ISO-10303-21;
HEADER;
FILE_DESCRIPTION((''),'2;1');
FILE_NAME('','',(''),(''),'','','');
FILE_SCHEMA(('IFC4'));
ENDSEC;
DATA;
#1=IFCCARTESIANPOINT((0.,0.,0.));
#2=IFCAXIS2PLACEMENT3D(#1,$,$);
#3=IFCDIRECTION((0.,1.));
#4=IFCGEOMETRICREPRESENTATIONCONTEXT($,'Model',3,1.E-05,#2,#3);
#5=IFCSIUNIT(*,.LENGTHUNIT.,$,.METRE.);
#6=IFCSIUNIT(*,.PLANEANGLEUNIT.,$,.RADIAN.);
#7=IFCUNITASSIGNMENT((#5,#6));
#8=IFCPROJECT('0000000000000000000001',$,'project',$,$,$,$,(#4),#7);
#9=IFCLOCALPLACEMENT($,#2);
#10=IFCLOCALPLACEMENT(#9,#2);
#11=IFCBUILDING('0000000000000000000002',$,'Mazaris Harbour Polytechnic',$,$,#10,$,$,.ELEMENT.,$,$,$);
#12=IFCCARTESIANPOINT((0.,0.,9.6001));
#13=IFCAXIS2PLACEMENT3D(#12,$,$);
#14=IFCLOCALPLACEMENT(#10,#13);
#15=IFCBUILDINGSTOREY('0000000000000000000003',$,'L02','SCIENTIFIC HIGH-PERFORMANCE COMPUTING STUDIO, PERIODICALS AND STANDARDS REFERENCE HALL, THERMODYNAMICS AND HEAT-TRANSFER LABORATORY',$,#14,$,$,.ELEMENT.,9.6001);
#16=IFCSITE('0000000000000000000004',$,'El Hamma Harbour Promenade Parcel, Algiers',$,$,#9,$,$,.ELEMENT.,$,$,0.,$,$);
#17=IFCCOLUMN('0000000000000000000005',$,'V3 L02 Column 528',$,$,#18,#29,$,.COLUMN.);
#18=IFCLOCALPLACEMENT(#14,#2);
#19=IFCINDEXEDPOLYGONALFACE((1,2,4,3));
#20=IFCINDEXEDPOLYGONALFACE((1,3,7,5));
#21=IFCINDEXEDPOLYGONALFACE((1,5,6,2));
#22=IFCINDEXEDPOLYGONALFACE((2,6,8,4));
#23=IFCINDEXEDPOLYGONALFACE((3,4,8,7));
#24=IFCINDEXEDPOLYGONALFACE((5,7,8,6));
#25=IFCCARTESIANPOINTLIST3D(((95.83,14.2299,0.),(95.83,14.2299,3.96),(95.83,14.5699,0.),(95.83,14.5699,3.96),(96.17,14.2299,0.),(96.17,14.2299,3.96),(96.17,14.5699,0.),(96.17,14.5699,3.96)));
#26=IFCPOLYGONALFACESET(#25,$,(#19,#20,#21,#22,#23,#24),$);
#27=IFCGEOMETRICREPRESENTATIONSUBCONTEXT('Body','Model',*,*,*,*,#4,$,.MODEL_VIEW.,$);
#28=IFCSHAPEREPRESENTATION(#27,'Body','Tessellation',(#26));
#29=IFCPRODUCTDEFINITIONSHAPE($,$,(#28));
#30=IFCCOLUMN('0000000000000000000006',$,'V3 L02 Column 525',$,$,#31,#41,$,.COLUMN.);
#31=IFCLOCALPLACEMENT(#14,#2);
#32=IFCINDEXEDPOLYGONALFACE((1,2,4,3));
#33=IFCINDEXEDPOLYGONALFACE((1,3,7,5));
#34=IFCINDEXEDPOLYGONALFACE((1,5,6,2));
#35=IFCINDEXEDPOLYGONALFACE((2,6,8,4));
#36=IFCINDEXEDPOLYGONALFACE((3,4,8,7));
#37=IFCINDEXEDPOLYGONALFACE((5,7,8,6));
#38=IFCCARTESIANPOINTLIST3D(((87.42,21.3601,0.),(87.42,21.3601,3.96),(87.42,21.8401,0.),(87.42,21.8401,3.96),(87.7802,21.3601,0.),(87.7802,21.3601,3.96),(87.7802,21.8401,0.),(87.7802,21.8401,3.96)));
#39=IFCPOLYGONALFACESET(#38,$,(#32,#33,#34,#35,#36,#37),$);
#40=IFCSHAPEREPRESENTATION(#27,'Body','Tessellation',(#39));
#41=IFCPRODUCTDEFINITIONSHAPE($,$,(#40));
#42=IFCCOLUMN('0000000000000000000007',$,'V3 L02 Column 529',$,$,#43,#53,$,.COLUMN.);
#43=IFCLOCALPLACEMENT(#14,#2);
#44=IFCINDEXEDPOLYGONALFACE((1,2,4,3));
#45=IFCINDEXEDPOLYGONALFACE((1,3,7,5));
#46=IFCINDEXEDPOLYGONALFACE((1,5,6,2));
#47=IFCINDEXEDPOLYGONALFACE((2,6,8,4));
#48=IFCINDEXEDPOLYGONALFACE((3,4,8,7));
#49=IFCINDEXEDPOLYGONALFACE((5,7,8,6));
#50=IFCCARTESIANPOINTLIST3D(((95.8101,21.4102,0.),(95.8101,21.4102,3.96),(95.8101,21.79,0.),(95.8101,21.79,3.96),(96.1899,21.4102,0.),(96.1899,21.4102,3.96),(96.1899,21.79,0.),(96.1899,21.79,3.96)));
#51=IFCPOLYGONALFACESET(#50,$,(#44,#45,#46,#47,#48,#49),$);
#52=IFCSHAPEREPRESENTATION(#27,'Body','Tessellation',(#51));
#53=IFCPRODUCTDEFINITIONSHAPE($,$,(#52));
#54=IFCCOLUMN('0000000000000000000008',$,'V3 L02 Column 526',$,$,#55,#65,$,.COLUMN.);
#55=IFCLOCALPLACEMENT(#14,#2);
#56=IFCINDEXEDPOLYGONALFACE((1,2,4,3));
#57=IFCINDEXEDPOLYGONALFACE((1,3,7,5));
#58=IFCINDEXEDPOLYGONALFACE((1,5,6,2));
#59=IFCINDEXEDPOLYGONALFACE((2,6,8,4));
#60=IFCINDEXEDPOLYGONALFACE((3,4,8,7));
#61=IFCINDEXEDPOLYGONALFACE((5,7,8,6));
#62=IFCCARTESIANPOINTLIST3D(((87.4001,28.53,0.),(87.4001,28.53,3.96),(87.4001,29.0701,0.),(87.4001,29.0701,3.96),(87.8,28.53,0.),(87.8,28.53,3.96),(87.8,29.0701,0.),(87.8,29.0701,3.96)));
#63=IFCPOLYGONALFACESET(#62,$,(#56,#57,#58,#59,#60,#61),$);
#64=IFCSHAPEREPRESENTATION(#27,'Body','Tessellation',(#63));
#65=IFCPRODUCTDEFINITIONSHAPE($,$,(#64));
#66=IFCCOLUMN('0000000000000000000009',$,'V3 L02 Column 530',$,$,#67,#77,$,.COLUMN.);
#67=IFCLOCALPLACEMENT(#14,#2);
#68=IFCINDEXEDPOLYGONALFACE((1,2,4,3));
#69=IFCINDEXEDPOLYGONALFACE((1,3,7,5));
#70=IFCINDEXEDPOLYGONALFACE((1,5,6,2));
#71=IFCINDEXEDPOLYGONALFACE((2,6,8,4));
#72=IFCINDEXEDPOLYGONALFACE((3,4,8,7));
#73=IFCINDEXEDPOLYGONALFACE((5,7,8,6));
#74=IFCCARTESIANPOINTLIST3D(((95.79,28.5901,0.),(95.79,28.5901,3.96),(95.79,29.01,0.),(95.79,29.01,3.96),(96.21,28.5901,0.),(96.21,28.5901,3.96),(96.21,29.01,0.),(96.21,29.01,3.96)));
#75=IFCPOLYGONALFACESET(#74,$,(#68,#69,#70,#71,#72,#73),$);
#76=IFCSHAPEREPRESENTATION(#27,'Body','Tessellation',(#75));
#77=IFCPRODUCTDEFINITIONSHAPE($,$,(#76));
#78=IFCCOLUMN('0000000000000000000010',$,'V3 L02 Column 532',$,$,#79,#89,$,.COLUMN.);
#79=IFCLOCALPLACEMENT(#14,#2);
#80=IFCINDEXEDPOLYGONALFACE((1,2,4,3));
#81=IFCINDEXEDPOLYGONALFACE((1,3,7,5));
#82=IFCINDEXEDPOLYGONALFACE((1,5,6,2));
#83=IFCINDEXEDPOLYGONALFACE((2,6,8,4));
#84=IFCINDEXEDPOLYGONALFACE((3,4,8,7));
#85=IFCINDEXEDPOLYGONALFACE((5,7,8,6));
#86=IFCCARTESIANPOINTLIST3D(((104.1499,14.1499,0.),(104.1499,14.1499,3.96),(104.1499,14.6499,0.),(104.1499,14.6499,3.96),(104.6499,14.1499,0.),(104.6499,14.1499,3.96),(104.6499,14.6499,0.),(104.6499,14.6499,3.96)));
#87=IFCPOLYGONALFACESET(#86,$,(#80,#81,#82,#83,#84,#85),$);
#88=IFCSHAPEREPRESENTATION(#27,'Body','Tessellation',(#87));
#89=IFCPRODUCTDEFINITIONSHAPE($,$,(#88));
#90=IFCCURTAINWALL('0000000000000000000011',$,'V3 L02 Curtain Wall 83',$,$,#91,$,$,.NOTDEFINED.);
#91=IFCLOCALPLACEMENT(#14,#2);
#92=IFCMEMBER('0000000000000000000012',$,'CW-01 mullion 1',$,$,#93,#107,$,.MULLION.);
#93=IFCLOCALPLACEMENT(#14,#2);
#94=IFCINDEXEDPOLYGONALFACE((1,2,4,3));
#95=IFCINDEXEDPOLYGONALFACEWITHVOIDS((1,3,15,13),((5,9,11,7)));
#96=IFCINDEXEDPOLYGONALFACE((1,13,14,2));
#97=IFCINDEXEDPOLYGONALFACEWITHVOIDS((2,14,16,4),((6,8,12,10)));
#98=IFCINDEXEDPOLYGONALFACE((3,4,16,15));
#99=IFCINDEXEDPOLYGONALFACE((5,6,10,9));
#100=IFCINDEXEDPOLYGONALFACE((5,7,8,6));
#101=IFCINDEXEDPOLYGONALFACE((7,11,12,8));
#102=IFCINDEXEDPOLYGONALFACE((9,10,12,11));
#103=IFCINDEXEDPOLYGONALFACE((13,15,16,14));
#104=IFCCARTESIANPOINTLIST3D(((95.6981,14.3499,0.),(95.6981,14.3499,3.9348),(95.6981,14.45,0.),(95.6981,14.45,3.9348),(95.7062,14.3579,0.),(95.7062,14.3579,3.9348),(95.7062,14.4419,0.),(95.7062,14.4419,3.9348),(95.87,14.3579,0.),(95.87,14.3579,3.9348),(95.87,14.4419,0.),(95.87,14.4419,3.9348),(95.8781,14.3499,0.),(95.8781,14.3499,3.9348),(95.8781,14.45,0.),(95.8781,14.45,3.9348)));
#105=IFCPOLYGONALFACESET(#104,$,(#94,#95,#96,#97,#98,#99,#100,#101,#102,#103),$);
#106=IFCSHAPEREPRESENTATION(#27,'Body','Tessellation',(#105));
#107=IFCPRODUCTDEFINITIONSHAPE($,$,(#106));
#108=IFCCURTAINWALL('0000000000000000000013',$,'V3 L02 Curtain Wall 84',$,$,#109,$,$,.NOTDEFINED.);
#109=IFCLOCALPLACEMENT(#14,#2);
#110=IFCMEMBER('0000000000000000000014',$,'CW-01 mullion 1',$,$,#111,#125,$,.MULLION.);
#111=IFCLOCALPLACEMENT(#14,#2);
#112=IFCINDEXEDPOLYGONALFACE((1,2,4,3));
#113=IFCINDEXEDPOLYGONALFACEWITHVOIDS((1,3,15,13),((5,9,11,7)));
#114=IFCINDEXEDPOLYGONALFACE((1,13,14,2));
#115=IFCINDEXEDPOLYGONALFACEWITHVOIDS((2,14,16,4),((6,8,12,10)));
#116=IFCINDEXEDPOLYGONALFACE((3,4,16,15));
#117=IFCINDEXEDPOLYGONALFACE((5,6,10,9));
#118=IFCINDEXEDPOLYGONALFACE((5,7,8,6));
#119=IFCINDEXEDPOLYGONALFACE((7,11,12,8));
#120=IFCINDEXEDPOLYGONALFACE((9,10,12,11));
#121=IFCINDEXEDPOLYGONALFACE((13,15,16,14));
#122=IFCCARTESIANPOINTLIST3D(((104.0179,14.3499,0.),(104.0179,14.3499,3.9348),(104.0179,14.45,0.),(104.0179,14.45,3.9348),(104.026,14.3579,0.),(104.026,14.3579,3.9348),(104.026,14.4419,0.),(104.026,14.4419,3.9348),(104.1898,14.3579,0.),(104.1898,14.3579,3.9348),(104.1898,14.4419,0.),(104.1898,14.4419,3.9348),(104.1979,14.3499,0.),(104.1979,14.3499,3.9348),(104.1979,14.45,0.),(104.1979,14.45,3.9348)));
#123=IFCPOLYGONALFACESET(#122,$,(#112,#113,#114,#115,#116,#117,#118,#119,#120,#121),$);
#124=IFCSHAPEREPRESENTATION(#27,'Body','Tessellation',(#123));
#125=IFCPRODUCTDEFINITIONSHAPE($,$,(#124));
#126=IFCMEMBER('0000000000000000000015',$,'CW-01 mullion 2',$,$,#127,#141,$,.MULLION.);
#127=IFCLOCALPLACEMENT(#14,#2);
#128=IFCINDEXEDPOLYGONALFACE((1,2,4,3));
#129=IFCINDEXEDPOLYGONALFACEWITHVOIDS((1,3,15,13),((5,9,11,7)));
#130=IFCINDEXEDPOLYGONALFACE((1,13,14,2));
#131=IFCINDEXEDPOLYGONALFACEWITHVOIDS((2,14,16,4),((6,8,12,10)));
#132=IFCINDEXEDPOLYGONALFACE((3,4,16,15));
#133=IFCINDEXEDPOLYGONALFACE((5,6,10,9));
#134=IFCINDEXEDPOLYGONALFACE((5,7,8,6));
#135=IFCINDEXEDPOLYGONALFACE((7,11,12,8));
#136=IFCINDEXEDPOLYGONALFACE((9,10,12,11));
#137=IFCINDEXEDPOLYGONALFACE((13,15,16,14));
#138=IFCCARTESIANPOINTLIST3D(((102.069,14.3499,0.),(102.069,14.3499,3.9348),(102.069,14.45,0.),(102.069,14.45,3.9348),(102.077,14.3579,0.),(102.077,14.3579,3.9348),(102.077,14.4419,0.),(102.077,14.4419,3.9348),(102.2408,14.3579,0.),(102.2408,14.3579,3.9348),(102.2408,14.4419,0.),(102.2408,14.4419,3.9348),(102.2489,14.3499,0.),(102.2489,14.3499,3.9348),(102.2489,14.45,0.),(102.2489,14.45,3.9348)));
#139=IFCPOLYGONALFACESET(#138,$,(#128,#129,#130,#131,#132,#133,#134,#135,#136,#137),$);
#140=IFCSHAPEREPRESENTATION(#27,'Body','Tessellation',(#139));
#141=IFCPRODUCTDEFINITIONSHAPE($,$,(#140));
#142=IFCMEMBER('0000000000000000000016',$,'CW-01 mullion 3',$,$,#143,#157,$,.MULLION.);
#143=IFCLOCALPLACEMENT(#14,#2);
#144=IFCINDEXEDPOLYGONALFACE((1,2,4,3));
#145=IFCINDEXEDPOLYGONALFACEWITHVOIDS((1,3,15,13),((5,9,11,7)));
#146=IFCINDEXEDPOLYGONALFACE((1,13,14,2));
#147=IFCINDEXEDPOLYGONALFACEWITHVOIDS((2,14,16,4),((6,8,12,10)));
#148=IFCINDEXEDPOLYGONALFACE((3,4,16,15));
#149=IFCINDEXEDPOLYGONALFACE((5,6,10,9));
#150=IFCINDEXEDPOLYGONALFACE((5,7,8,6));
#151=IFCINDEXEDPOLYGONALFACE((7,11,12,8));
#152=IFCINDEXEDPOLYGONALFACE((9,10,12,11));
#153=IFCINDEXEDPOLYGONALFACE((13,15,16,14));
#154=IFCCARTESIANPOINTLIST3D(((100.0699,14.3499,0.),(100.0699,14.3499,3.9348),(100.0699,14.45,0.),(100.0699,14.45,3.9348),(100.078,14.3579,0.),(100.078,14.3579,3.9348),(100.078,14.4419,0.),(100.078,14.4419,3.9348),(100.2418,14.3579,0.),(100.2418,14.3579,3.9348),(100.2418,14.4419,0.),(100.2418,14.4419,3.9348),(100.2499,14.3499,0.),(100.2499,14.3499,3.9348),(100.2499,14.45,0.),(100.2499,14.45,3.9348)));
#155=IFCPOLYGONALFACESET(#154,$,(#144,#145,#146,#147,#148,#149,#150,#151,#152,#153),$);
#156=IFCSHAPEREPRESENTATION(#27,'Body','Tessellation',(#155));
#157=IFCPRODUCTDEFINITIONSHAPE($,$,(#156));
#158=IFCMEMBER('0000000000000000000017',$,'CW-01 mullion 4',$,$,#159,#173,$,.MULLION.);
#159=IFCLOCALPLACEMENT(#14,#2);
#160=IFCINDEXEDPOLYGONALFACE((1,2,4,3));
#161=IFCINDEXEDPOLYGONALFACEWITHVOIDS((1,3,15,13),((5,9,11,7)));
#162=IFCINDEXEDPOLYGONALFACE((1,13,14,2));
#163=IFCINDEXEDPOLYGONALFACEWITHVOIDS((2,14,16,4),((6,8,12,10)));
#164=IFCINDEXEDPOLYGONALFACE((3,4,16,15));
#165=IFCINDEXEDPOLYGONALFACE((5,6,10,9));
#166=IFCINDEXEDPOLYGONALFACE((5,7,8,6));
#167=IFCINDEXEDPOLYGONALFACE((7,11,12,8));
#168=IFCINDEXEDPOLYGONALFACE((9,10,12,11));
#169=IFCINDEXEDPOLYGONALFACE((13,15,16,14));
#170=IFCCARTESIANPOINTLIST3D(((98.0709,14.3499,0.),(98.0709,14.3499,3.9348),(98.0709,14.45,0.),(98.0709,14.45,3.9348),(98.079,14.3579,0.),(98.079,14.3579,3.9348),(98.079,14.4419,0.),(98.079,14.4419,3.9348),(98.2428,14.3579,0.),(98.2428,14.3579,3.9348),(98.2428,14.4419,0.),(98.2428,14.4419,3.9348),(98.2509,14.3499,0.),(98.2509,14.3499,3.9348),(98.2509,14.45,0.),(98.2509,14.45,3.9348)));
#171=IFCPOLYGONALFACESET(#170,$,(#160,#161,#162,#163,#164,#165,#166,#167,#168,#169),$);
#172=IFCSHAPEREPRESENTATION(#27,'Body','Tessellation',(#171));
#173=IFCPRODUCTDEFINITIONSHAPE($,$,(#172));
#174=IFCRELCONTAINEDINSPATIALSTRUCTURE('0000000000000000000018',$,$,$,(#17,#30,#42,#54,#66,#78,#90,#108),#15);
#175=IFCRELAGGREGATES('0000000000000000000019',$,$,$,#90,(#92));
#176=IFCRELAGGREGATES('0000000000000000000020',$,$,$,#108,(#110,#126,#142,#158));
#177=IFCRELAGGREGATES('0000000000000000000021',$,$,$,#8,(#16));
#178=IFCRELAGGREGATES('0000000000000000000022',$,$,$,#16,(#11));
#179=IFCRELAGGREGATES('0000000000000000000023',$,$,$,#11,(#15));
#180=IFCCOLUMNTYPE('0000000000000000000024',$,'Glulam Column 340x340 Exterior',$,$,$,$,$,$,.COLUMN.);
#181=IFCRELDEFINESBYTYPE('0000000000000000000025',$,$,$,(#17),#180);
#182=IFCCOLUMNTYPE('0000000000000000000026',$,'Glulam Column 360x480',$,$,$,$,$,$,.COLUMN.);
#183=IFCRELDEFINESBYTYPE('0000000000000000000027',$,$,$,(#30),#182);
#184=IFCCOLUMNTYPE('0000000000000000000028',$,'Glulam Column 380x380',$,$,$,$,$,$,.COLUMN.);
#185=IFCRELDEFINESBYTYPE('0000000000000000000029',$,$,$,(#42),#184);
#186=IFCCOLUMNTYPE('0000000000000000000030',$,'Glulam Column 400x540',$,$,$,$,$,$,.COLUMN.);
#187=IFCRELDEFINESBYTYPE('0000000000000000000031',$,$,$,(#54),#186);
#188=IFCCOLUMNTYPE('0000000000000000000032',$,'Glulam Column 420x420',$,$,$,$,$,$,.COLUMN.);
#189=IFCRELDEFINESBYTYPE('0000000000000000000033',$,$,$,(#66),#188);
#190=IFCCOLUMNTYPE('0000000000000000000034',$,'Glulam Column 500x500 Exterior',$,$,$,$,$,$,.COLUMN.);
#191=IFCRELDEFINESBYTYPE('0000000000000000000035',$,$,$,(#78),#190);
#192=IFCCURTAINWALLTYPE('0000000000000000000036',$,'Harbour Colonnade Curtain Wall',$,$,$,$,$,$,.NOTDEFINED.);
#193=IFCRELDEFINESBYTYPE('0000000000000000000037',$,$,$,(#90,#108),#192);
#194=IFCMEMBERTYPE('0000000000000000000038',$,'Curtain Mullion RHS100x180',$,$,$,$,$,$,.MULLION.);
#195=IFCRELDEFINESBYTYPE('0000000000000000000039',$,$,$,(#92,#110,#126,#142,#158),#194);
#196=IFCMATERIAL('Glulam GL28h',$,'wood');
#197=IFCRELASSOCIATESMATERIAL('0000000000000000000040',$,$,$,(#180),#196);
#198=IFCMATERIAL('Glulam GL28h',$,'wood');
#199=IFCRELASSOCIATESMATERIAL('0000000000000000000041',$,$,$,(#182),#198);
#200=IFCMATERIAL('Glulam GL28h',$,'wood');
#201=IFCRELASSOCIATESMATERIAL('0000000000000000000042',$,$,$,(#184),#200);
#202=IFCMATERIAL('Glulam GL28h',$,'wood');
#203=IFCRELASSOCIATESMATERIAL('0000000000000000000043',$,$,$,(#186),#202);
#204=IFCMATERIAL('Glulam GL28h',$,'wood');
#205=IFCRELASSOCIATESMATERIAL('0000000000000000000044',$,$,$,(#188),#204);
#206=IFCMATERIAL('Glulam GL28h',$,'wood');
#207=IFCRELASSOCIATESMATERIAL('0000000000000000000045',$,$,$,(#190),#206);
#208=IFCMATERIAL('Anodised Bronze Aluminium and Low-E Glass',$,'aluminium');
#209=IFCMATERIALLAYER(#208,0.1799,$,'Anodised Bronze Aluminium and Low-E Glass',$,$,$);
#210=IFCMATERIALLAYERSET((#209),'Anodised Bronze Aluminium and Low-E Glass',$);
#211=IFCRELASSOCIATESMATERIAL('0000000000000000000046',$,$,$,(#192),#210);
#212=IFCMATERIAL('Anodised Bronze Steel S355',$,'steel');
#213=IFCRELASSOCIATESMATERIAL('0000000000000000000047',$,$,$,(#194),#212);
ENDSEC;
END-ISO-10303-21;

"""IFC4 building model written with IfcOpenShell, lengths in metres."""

from ifc_helpers import new_model, si_unit, direction, frame, origin, origin_2d, place, context, subcontext, project, spatial, rectangle, hollow_rectangle, extrude, material, layer, layer_set, material_profile, profile_set, type_object, element, aggregate, save


model = new_model("IFC4")

# Units and contexts
model_context = context("Model", 3, precision=1e-05, world=origin(), true_north=direction((0.0, 1.0)))
body_context = subcontext(model_context, "Body", "Model", "MODEL_VIEW")
ifc_project = project(units=[si_unit("LENGTHUNIT", "METRE"), si_unit("PLANEANGLEUNIT", "RADIAN")], contexts=[model_context])

# Site, building, storey
site_placement = place(None, origin())
site = spatial("IfcSite", under=ifc_project, at=site_placement, Name="El Hamma Harbour Promenade Parcel, Algiers", CompositionType="ELEMENT", RefElevation=0.0)
building_placement = place(site_placement, origin())
building = spatial("IfcBuilding", under=site, at=building_placement, Name="Mazaris Harbour Polytechnic", CompositionType="ELEMENT")
storey_placement = place(building_placement, frame((0.0, 0.0, 9.6001)))
storey = spatial("IfcBuildingStorey", under=building, at=storey_placement, Name="L02", Description="SCIENTIFIC HIGH-PERFORMANCE COMPUTING STUDIO, PERIODICALS AND STANDARDS REFERENCE HALL, THERMODYNAMICS AND HEAT-TRANSFER LABORATORY", CompositionType="ELEMENT", Elevation=9.6001)

# Columns
ifc_material_1 = material(Name="Glulam GL28h", Category="wood")
ifc_material_profile_1 = material_profile(ifc_material_1, rectangle(XDim=0.3401, YDim=0.3401, at=origin_2d()), Name="RECT340x340")
ifc_profile_set_1 = profile_set([ifc_material_profile_1], Name="Glulam GL28h")
column_type_1 = type_object("IfcColumnType", Name="Glulam Column 340x340 Exterior", PredefinedType="COLUMN", material=ifc_profile_set_1)
column_1_placement = place(storey_placement, frame((96.0, 14.3999, 0.0), z_axis=(0.0, 0.0, 1.0), x_axis=(1.0, 0.0, 0.0)))
element("IfcColumn", 1, at=column_1_placement, inside=storey, type_object=column_type_1, Name="V3 L02 Column 528", PredefinedType="COLUMN", context=body_context, shape_type="SweptSolid", body=[
    extrude(rectangle(XDim=0.3401, YDim=0.3401, at=origin_2d()), origin(), (0.0, 0.0, 1.0), 3.96),
])
ifc_material_2 = material(Name="Glulam GL28h", Category="wood")
ifc_material_profile_2 = material_profile(ifc_material_2, rectangle(XDim=0.3601, YDim=0.48, at=origin_2d()), Name="RECT360x480")
ifc_profile_set_2 = profile_set([ifc_material_profile_2], Name="Glulam GL28h")
column_type_2 = type_object("IfcColumnType", Name="Glulam Column 360x480", PredefinedType="COLUMN", material=ifc_profile_set_2)
column_2_placement = place(storey_placement, frame((87.6001, 21.6001, 0.0), z_axis=(0.0, 0.0, 1.0), x_axis=(1.0, 0.0, 0.0)))
element("IfcColumn", 2, at=column_2_placement, inside=storey, type_object=column_type_2, Name="V3 L02 Column 525", PredefinedType="COLUMN", context=body_context, shape_type="SweptSolid", body=[
    extrude(rectangle(XDim=0.3601, YDim=0.48, at=origin_2d()), origin(), (0.0, 0.0, 1.0), 3.96),
])
ifc_material_3 = material(Name="Glulam GL28h", Category="wood")
ifc_material_profile_3 = material_profile(ifc_material_3, rectangle(XDim=0.3799, YDim=0.3799, at=origin_2d()), Name="RECT380x380")
ifc_profile_set_3 = profile_set([ifc_material_profile_3], Name="Glulam GL28h")
column_type_3 = type_object("IfcColumnType", Name="Glulam Column 380x380", PredefinedType="COLUMN", material=ifc_profile_set_3)
column_3_placement = place(storey_placement, frame((96.0, 21.6001, 0.0), z_axis=(0.0, 0.0, 1.0), x_axis=(1.0, 0.0, 0.0)))
element("IfcColumn", 3, at=column_3_placement, inside=storey, type_object=column_type_3, Name="V3 L02 Column 529", PredefinedType="COLUMN", context=body_context, shape_type="SweptSolid", body=[
    extrude(rectangle(XDim=0.3799, YDim=0.3799, at=origin_2d()), origin(), (0.0, 0.0, 1.0), 3.96),
])
ifc_material_4 = material(Name="Glulam GL28h", Category="wood")
ifc_material_profile_4 = material_profile(ifc_material_4, rectangle(XDim=0.3999, YDim=0.54, at=origin_2d()), Name="RECT400x540")
ifc_profile_set_4 = profile_set([ifc_material_profile_4], Name="Glulam GL28h")
column_type_4 = type_object("IfcColumnType", Name="Glulam Column 400x540", PredefinedType="COLUMN", material=ifc_profile_set_4)
column_4_placement = place(storey_placement, frame((87.6001, 28.8, 0.0), z_axis=(0.0, 0.0, 1.0), x_axis=(1.0, 0.0, 0.0)))
element("IfcColumn", 4, at=column_4_placement, inside=storey, type_object=column_type_4, Name="V3 L02 Column 526", PredefinedType="COLUMN", context=body_context, shape_type="SweptSolid", body=[
    extrude(rectangle(XDim=0.3999, YDim=0.54, at=origin_2d()), origin(), (0.0, 0.0, 1.0), 3.96),
])
ifc_material_5 = material(Name="Glulam GL28h", Category="wood")
ifc_material_profile_5 = material_profile(ifc_material_5, rectangle(XDim=0.4199, YDim=0.4199, at=origin_2d()), Name="RECT420x420")
ifc_profile_set_5 = profile_set([ifc_material_profile_5], Name="Glulam GL28h")
column_type_5 = type_object("IfcColumnType", Name="Glulam Column 420x420", PredefinedType="COLUMN", material=ifc_profile_set_5)
column_5_placement = place(storey_placement, frame((96.0, 28.8, 0.0), z_axis=(0.0, 0.0, 1.0), x_axis=(1.0, 0.0, 0.0)))
element("IfcColumn", 5, at=column_5_placement, inside=storey, type_object=column_type_5, Name="V3 L02 Column 530", PredefinedType="COLUMN", context=body_context, shape_type="SweptSolid", body=[
    extrude(rectangle(XDim=0.4199, YDim=0.4199, at=origin_2d()), origin(), (0.0, 0.0, 1.0), 3.96),
])
ifc_material_6 = material(Name="Glulam GL28h", Category="wood")
ifc_material_profile_6 = material_profile(ifc_material_6, rectangle(XDim=0.5, YDim=0.5, at=origin_2d()), Name="RECT500x500")
ifc_profile_set_6 = profile_set([ifc_material_profile_6], Name="Glulam GL28h")
column_type_6 = type_object("IfcColumnType", Name="Glulam Column 500x500 Exterior", PredefinedType="COLUMN", material=ifc_profile_set_6)
column_6_placement = place(storey_placement, frame((104.3999, 14.3999, 0.0), z_axis=(0.0, 0.0, 1.0), x_axis=(1.0, 0.0, 0.0)))
element("IfcColumn", 6, at=column_6_placement, inside=storey, type_object=column_type_6, Name="V3 L02 Column 532", PredefinedType="COLUMN", context=body_context, shape_type="SweptSolid", body=[
    extrude(rectangle(XDim=0.5, YDim=0.5, at=origin_2d()), origin(), (0.0, 0.0, 1.0), 3.96),
])

# Curtain wall, member
ifc_material_7 = material(Name="Anodised Bronze Aluminium and Low-E Glass", Category="aluminium")
ifc_layer_1 = layer(ifc_material_7, 0.1799, Name="Anodised Bronze Aluminium and Low-E Glass")
ifc_layer_set_1 = layer_set([ifc_layer_1], Name="Anodised Bronze Aluminium and Low-E Glass")
curtain_wall_type = type_object("IfcCurtainWallType", Name="Harbour Colonnade Curtain Wall", PredefinedType="NOTDEFINED", material=ifc_layer_set_1)
curtain_wall_1_placement = place(storey_placement, origin())
curtain_wall_1 = element("IfcCurtainWall", 7, at=curtain_wall_1_placement, inside=storey, type_object=curtain_wall_type, Name="V3 L02 Curtain Wall 83", PredefinedType="NOTDEFINED")
ifc_material_8 = material(Name="Anodised Bronze Steel S355", Category="steel")
ifc_material_profile_7 = material_profile(ifc_material_8, hollow_rectangle(XDim=0.1001, YDim=0.1799, WallThickness=0.0081, at=origin_2d()), Name="RHS 100x180x8.0")
ifc_profile_set_7 = profile_set([ifc_material_profile_7], Name="Anodised Bronze Steel S355")
member_type_1 = type_object("IfcMemberType", Name="Curtain Mullion RHS100x180", PredefinedType="MULLION", material=ifc_profile_set_7)
member_1_placement = place(storey_placement, frame((95.7881, 14.3999, 0.0), z_axis=(0.0, 0.0, 1.0), x_axis=(0.0, -1.0, 0.0)))
member_1 = element("IfcMember", 8, at=member_1_placement, type_object=member_type_1, Name="CW-01 mullion 1", PredefinedType="MULLION", context=body_context, shape_type="SweptSolid", body=[
    extrude(hollow_rectangle(XDim=0.1001, YDim=0.1799, WallThickness=0.0081, at=origin_2d()), origin(), (0.0, 0.0, 1.0), 3.9348),
])

# Curtain wall, members
curtain_wall_2_placement = place(storey_placement, origin())
curtain_wall_2 = element("IfcCurtainWall", 9, at=curtain_wall_2_placement, inside=storey, type_object=curtain_wall_type, Name="V3 L02 Curtain Wall 84", PredefinedType="NOTDEFINED")
member_2_placement = place(storey_placement, frame((104.1079, 14.3999, 0.0), z_axis=(0.0, 0.0, 1.0), x_axis=(0.0, -1.0, 0.0)))
member_2 = element("IfcMember", 10, at=member_2_placement, type_object=member_type_1, Name="CW-01 mullion 1", PredefinedType="MULLION", context=body_context, shape_type="SweptSolid", body=[
    extrude(hollow_rectangle(XDim=0.1001, YDim=0.1799, WallThickness=0.0081, at=origin_2d()), origin(), (0.0, 0.0, 1.0), 3.9348),
])
member_3_placement = place(storey_placement, frame((102.1589, 14.3999, 0.0), z_axis=(0.0, 0.0, 1.0), x_axis=(0.0, -1.0, 0.0)))
member_3 = element("IfcMember", 11, at=member_3_placement, type_object=member_type_1, Name="CW-01 mullion 2", PredefinedType="MULLION", context=body_context, shape_type="SweptSolid", body=[
    extrude(hollow_rectangle(XDim=0.1001, YDim=0.1799, WallThickness=0.0081, at=origin_2d()), origin(), (0.0, 0.0, 1.0), 3.9348),
])
member_4_placement = place(storey_placement, frame((100.1599, 14.3999, 0.0), z_axis=(0.0, 0.0, 1.0), x_axis=(0.0, -1.0, 0.0)))
member_4 = element("IfcMember", 12, at=member_4_placement, type_object=member_type_1, Name="CW-01 mullion 3", PredefinedType="MULLION", context=body_context, shape_type="SweptSolid", body=[
    extrude(hollow_rectangle(XDim=0.1001, YDim=0.1799, WallThickness=0.0081, at=origin_2d()), origin(), (0.0, 0.0, 1.0), 3.9348),
])
member_5_placement = place(storey_placement, frame((98.1609, 14.3999, 0.0), z_axis=(0.0, 0.0, 1.0), x_axis=(0.0, -1.0, 0.0)))
member_5 = element("IfcMember", 13, at=member_5_placement, type_object=member_type_1, Name="CW-01 mullion 4", PredefinedType="MULLION", context=body_context, shape_type="SweptSolid", body=[
    extrude(hollow_rectangle(XDim=0.1001, YDim=0.1799, WallThickness=0.0081, at=origin_2d()), origin(), (0.0, 0.0, 1.0), 3.9348),
])

aggregate(curtain_wall_1, [member_1])

aggregate(curtain_wall_2, [member_2, member_3, member_4, member_5])

save(model, "model.ifc")
